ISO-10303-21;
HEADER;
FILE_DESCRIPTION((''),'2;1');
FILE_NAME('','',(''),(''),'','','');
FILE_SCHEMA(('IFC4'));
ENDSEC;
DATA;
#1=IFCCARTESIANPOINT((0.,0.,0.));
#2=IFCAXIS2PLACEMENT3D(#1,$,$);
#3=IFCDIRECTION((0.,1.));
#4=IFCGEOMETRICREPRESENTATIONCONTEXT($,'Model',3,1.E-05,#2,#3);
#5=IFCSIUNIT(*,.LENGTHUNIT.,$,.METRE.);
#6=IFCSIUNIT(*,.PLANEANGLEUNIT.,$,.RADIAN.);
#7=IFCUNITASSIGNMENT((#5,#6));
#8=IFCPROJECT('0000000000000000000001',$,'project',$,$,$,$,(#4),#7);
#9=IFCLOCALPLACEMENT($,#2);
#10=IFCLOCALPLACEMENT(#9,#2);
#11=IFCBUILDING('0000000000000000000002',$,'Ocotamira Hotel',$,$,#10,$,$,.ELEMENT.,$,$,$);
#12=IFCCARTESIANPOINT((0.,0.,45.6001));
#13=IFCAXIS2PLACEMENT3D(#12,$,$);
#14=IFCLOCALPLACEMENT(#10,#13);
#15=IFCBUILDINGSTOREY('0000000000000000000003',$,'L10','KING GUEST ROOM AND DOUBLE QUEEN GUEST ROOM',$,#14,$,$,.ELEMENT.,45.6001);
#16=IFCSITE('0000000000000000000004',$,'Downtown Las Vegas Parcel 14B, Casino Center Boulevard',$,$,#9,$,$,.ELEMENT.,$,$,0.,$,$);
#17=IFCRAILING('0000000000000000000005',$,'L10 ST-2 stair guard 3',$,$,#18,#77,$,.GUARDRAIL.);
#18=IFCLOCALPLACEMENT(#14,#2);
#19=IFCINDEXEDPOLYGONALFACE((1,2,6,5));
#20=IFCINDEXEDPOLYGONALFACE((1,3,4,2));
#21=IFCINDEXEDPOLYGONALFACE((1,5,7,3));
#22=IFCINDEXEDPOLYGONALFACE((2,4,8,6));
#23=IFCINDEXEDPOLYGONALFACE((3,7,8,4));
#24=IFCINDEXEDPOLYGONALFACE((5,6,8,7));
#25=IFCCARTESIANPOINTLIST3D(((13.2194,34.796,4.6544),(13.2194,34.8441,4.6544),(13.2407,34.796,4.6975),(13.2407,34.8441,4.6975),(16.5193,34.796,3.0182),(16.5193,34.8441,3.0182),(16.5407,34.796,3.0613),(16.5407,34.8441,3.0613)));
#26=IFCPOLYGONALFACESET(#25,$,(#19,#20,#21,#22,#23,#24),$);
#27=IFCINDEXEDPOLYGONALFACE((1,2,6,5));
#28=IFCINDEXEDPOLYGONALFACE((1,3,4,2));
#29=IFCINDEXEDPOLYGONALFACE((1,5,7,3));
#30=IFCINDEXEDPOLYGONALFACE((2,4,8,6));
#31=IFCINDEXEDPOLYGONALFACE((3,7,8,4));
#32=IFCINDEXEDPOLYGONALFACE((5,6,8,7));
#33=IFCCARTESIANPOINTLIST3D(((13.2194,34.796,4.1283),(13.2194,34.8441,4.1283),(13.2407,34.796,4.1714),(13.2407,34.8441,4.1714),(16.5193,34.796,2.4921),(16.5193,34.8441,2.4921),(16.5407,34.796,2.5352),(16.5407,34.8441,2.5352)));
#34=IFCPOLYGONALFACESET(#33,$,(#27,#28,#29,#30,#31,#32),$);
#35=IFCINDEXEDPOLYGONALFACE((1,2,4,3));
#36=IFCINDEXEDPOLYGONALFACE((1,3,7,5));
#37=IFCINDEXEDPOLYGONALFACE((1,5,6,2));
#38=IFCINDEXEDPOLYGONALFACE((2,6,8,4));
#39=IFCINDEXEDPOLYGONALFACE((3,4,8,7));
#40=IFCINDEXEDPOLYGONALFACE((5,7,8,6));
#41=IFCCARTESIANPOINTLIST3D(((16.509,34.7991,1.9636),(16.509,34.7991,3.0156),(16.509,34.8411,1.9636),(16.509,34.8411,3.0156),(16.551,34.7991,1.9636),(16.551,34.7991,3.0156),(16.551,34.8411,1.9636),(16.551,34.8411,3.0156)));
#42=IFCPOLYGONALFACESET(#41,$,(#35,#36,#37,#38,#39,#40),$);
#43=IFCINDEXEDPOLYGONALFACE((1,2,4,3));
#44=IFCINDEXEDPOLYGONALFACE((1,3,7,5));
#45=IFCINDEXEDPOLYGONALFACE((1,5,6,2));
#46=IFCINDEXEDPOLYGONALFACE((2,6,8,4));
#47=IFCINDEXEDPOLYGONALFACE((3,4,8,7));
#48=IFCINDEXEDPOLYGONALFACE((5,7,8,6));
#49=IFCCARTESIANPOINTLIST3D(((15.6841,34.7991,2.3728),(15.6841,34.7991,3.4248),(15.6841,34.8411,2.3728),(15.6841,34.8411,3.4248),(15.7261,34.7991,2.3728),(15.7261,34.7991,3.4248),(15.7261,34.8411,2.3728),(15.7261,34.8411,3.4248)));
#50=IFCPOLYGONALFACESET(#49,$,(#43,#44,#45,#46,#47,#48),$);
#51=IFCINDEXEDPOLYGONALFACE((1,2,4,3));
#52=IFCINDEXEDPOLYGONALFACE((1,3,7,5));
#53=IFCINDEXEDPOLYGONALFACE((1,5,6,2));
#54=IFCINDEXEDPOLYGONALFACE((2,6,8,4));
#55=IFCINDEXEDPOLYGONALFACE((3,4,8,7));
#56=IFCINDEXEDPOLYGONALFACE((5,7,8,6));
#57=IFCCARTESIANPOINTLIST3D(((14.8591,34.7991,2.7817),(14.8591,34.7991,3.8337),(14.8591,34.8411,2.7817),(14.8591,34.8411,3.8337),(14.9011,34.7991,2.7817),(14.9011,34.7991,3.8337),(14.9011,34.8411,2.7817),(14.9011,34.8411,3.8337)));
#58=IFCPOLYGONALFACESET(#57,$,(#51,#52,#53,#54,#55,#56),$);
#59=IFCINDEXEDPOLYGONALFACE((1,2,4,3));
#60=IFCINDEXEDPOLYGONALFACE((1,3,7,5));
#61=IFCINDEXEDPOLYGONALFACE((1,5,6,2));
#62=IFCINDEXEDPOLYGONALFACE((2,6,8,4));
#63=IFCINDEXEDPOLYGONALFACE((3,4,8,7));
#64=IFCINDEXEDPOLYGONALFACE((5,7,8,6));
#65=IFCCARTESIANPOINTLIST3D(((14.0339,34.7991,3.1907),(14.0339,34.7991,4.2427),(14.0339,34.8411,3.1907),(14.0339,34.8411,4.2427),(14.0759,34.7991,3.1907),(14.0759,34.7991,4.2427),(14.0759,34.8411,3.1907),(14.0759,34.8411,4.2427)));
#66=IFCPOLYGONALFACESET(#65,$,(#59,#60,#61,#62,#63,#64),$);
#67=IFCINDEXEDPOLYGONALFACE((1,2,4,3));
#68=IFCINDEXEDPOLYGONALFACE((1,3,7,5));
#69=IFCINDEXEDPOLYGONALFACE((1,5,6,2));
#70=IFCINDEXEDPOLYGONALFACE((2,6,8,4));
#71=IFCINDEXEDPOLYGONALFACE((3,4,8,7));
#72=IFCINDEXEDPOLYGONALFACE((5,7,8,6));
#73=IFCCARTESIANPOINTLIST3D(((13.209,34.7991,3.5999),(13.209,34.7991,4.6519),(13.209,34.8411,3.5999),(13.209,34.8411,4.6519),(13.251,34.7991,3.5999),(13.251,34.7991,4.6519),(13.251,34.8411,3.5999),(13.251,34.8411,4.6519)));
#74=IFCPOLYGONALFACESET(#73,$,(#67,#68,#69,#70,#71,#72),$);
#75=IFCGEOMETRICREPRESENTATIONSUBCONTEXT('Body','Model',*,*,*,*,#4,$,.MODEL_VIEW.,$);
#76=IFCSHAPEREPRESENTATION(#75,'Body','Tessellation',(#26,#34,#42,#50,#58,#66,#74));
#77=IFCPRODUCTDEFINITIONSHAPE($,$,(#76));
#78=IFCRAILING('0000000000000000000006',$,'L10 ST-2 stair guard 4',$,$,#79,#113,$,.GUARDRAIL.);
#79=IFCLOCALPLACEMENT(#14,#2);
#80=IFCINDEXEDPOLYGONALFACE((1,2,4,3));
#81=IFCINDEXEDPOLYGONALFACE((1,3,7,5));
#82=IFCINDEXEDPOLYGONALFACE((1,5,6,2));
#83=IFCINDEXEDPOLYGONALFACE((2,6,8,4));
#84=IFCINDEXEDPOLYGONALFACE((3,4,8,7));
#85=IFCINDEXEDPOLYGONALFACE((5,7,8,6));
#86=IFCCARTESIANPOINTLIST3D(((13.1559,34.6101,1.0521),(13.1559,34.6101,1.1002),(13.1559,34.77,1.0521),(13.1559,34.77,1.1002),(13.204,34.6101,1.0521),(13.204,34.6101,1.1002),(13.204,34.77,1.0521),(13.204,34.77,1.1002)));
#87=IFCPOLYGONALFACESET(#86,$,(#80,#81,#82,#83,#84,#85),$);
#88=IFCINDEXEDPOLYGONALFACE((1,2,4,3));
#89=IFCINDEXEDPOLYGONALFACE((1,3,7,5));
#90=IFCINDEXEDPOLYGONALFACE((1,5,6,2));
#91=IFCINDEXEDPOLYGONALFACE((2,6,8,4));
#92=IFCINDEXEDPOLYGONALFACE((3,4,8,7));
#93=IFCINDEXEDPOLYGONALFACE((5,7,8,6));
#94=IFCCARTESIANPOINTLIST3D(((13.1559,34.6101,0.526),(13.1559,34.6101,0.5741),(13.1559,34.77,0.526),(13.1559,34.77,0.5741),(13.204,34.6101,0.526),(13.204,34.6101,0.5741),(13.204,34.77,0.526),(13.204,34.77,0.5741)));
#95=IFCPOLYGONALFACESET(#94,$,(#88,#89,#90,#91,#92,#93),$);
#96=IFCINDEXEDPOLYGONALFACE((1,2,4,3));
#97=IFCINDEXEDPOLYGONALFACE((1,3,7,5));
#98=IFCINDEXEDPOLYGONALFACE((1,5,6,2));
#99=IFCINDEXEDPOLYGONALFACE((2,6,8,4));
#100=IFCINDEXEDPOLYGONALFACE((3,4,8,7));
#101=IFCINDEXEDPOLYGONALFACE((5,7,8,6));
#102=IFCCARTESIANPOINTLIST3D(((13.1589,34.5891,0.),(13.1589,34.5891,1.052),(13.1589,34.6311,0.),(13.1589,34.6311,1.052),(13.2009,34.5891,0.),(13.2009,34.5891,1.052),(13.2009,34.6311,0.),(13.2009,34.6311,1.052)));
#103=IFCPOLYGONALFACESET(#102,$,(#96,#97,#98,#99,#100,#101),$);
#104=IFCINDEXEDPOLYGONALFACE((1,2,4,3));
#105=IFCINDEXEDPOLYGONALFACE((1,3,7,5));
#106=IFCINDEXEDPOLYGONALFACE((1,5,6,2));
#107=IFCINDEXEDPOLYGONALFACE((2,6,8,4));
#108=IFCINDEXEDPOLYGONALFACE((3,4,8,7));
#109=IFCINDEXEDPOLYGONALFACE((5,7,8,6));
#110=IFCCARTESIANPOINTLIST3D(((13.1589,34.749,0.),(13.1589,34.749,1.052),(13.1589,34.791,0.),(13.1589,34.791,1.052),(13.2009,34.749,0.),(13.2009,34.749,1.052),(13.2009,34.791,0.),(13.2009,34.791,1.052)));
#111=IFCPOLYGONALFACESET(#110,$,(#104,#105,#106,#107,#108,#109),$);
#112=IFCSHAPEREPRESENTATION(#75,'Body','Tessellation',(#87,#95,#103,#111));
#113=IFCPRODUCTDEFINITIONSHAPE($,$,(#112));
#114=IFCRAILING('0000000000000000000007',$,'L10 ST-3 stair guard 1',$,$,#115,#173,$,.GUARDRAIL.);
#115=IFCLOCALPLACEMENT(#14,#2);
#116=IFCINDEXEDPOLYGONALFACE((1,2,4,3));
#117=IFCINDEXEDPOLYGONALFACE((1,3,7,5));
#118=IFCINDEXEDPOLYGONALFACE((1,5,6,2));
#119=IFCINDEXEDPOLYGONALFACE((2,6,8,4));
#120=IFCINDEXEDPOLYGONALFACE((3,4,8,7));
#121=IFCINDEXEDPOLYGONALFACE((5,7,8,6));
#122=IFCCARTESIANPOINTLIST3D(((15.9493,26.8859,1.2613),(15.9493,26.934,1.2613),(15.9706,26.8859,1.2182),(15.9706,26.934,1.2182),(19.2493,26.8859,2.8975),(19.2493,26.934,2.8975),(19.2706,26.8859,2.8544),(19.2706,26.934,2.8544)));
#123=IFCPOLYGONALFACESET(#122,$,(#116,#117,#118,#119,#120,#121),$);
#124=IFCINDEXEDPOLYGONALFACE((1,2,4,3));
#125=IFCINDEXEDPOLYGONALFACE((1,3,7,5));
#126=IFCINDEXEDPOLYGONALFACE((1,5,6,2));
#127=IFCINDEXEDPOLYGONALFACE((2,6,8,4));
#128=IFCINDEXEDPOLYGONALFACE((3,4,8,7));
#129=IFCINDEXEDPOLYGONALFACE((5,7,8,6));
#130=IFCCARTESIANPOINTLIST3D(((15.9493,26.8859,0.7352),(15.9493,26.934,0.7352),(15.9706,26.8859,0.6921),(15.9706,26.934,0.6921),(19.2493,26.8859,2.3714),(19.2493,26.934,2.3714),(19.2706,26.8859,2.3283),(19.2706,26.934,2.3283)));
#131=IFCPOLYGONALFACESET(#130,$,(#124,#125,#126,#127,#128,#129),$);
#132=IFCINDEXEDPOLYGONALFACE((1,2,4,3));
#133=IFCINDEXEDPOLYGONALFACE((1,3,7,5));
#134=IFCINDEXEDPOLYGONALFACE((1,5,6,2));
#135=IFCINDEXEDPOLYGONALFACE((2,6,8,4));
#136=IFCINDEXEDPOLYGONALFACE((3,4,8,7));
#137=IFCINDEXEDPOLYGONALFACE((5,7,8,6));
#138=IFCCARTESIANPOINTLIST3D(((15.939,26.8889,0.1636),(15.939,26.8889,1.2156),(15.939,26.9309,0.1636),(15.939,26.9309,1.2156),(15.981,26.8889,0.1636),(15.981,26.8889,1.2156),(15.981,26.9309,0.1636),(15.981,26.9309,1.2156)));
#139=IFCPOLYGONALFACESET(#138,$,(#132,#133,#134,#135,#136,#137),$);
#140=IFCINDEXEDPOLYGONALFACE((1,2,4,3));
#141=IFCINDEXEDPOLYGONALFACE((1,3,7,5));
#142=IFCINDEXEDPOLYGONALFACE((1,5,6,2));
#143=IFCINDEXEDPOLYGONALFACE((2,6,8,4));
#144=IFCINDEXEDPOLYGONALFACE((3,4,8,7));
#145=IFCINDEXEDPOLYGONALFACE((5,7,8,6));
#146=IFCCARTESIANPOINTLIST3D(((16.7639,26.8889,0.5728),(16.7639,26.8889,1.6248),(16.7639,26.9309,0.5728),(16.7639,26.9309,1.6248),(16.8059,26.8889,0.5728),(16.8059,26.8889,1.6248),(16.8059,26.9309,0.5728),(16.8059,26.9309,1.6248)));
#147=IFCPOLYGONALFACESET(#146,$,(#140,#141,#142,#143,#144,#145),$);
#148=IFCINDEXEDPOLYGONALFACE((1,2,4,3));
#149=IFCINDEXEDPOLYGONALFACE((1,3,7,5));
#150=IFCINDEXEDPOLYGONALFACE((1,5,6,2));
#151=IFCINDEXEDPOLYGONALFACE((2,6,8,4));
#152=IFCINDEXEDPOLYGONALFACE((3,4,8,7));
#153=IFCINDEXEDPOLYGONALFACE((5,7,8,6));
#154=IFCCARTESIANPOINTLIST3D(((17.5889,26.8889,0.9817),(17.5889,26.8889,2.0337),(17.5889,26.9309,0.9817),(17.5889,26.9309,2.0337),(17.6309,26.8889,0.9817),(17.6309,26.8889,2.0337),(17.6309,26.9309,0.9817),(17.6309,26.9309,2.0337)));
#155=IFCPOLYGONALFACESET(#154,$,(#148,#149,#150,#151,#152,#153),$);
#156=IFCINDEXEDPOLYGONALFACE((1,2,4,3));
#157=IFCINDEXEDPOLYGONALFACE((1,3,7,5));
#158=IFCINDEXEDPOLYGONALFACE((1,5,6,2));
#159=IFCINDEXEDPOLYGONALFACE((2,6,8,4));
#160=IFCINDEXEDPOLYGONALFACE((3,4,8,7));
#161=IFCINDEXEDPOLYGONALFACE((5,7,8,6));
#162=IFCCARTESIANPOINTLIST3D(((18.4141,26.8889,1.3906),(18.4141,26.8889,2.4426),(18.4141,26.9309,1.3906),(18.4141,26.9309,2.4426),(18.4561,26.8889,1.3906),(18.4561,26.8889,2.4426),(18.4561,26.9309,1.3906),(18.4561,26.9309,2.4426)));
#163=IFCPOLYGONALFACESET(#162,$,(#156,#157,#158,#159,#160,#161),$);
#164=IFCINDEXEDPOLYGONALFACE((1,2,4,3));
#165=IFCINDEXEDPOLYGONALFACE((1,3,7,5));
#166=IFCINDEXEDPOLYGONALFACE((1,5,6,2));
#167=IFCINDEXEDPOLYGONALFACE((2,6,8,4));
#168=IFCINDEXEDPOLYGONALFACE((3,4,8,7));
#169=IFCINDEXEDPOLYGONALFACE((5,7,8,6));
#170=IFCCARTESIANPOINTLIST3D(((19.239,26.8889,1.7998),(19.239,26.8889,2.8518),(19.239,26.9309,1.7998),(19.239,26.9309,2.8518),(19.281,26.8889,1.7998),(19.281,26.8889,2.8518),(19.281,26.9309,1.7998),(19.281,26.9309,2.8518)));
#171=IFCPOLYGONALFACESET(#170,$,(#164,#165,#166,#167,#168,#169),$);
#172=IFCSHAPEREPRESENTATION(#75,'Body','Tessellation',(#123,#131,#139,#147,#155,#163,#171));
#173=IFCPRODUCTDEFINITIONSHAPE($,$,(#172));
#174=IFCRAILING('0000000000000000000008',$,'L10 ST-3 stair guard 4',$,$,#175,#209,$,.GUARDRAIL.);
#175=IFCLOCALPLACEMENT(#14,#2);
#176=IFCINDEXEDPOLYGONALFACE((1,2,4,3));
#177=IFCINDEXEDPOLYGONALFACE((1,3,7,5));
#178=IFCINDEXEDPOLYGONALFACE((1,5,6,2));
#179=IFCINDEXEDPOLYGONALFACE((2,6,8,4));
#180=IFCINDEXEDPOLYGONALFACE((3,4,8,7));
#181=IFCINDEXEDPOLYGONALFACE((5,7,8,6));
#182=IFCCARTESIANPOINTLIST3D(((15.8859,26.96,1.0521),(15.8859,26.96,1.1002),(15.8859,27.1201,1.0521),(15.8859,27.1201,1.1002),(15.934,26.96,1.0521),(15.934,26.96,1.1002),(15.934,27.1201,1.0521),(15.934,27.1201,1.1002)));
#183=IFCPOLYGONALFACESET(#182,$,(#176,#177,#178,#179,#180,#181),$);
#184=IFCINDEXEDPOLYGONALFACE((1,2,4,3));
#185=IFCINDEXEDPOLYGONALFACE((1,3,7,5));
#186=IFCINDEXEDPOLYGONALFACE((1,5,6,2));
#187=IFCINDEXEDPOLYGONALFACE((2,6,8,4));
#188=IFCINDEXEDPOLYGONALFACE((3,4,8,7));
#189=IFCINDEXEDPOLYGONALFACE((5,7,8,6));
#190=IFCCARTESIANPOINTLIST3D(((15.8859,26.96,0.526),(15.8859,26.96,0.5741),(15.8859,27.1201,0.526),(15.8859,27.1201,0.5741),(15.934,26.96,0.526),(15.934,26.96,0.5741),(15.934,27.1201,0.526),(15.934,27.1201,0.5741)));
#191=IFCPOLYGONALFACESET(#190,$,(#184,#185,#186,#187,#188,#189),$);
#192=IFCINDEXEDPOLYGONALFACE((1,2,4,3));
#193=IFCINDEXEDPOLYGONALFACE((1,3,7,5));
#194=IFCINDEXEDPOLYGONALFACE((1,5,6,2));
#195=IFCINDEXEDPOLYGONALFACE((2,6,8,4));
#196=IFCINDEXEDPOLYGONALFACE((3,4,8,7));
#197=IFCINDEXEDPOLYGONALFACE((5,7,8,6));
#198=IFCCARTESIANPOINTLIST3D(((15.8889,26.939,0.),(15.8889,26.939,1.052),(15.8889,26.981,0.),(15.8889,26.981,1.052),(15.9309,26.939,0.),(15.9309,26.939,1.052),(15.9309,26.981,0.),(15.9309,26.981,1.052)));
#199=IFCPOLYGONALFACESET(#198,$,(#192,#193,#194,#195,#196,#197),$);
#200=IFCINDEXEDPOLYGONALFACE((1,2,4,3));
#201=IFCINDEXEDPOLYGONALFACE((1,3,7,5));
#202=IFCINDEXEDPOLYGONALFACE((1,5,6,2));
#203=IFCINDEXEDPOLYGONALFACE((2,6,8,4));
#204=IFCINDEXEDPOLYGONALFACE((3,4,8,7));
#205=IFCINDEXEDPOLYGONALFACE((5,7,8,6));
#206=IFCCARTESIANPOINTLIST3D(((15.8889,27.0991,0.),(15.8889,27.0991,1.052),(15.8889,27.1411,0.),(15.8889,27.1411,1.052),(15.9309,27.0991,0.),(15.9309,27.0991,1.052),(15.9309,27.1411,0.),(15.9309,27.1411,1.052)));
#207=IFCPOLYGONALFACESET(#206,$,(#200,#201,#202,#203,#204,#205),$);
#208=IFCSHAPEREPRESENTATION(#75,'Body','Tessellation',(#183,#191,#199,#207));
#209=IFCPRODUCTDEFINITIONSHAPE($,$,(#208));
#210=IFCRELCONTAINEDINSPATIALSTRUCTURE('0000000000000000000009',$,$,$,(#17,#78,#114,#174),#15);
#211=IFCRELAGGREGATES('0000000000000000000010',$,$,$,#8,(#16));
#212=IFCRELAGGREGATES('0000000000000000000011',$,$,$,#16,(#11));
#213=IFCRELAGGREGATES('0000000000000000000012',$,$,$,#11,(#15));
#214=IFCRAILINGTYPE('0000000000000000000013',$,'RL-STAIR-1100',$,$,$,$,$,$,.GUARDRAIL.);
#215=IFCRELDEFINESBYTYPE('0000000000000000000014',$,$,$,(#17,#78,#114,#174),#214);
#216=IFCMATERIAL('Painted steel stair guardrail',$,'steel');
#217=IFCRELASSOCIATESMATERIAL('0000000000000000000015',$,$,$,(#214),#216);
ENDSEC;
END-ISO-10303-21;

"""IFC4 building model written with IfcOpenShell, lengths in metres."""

from ifc_helpers import new_model, si_unit, direction, frame, origin, origin_2d, place, context, subcontext, project, spatial, rectangle, extrude, material, type_object, element, save


model = new_model("IFC4")

# Units and contexts
model_context = context("Model", 3, precision=1e-05, world=origin(), true_north=direction((0.0, 1.0)))
body_context = subcontext(model_context, "Body", "Model", "MODEL_VIEW")
ifc_project = project(units=[si_unit("LENGTHUNIT", "METRE"), si_unit("PLANEANGLEUNIT", "RADIAN")], contexts=[model_context])

# Site, building, storey
site_placement = place(None, origin())
site = spatial("IfcSite", under=ifc_project, at=site_placement, Name="Downtown Las Vegas Parcel 14B, Casino Center Boulevard", CompositionType="ELEMENT", RefElevation=0.0)
building_placement = place(site_placement, origin())
building = spatial("IfcBuilding", under=site, at=building_placement, Name="Ocotamira Hotel", CompositionType="ELEMENT")
storey_placement = place(building_placement, frame((0.0, 0.0, 45.6001)))
storey = spatial("IfcBuildingStorey", under=building, at=storey_placement, Name="L10", Description="KING GUEST ROOM AND DOUBLE QUEEN GUEST ROOM", CompositionType="ELEMENT", Elevation=45.6001)

# Railings
ifc_material_1 = material(Name="Painted steel stair guardrail", Category="steel")
railing_type_1 = type_object("IfcRailingType", Name="RL-STAIR-1100", PredefinedType="GUARDRAIL", material=ifc_material_1)
railing_1_placement = place(storey_placement, frame((16.53, 34.8201, 1.9636)))
element("IfcRailing", 1, at=railing_1_placement, inside=storey, type_object=railing_type_1, Name="L10 ST-2 stair guard 3", PredefinedType="GUARDRAIL", context=body_context, shape_type="SweptSolid", body=[
    extrude(rectangle(XDim=0.0481, YDim=0.0481, at=origin_2d()), frame((0.0, 0.0, 1.0762), z_axis=(-0.89592, 0.0, 0.444215), x_axis=(0.0, -1.0, 0.0)), (0.0, 0.0, 1.0), 3.6833),
    extrude(rectangle(XDim=0.0481, YDim=0.0481, at=origin_2d()), frame((0.0, 0.0, 0.55), z_axis=(-0.89592, 0.0, 0.444215), x_axis=(0.0, -1.0, 0.0)), (0.0, 0.0, 1.0), 3.6833),
    extrude(rectangle(XDim=0.042, YDim=0.042, at=origin_2d()), origin(), (0.0, 0.0, 1.0), 1.052),
    extrude(rectangle(XDim=0.042, YDim=0.042, at=origin_2d()), frame((-0.825, 0.0, 0.4092)), (0.0, 0.0, 1.0), 1.052),
    extrude(rectangle(XDim=0.042, YDim=0.042, at=origin_2d()), frame((-1.6499, 0.0, 0.8181)), (0.0, 0.0, 1.0), 1.052),
    extrude(rectangle(XDim=0.042, YDim=0.042, at=origin_2d()), frame((-2.4751, 0.0, 1.2271)), (0.0, 0.0, 1.0), 1.052),
    extrude(rectangle(XDim=0.042, YDim=0.042, at=origin_2d()), frame((-3.3, 0.0, 1.6362)), (0.0, 0.0, 1.0), 1.052),
])
railing_2_placement = place(storey_placement, frame((13.1799, 34.6101, 0.0)))
element("IfcRailing", 2, at=railing_2_placement, inside=storey, type_object=railing_type_1, Name="L10 ST-2 stair guard 4", PredefinedType="GUARDRAIL", context=body_context, shape_type="SweptSolid", body=[
    extrude(rectangle(XDim=0.0481, YDim=0.0481, at=origin_2d()), frame((0.0, 0.0, 1.0762), z_axis=(0.0, 1.0, 0.0), x_axis=(-1.0, 0.0, 0.0)), (0.0, 0.0, 1.0), 0.1599),
    extrude(rectangle(XDim=0.0481, YDim=0.0481, at=origin_2d()), frame((0.0, 0.0, 0.55), z_axis=(0.0, 1.0, 0.0), x_axis=(-1.0, 0.0, 0.0)), (0.0, 0.0, 1.0), 0.1599),
    extrude(rectangle(XDim=0.042, YDim=0.042, at=origin_2d()), origin(), (0.0, 0.0, 1.0), 1.052),
    extrude(rectangle(XDim=0.042, YDim=0.042, at=origin_2d()), frame((0.0, 0.1599, 0.0)), (0.0, 0.0, 1.0), 1.052),
])
railing_3_placement = place(storey_placement, frame((15.96, 26.9099, 0.1636)))
element("IfcRailing", 3, at=railing_3_placement, inside=storey, type_object=railing_type_1, Name="L10 ST-3 stair guard 1", PredefinedType="GUARDRAIL", context=body_context, shape_type="SweptSolid", body=[
    extrude(rectangle(XDim=0.0481, YDim=0.0481, at=origin_2d()), frame((0.0, 0.0, 1.0762), z_axis=(0.89592, 0.0, 0.444215), x_axis=(0.0, 1.0, 0.0)), (0.0, 0.0, 1.0), 3.6833),
    extrude(rectangle(XDim=0.0481, YDim=0.0481, at=origin_2d()), frame((0.0, 0.0, 0.55), z_axis=(0.89592, 0.0, 0.444215), x_axis=(0.0, 1.0, 0.0)), (0.0, 0.0, 1.0), 3.6833),
    extrude(rectangle(XDim=0.042, YDim=0.042, at=origin_2d()), origin(), (0.0, 0.0, 1.0), 1.052),
    extrude(rectangle(XDim=0.042, YDim=0.042, at=origin_2d()), frame((0.825, 0.0, 0.4092)), (0.0, 0.0, 1.0), 1.052),
    extrude(rectangle(XDim=0.042, YDim=0.042, at=origin_2d()), frame((1.6499, 0.0, 0.8181)), (0.0, 0.0, 1.0), 1.052),
    extrude(rectangle(XDim=0.042, YDim=0.042, at=origin_2d()), frame((2.4751, 0.0, 1.2271)), (0.0, 0.0, 1.0), 1.052),
    extrude(rectangle(XDim=0.042, YDim=0.042, at=origin_2d()), frame((3.3, 0.0, 1.6362)), (0.0, 0.0, 1.0), 1.052),
])
railing_4_placement = place(storey_placement, frame((15.9099, 26.96, 0.0)))
element("IfcRailing", 4, at=railing_4_placement, inside=storey, type_object=railing_type_1, Name="L10 ST-3 stair guard 4", PredefinedType="GUARDRAIL", context=body_context, shape_type="SweptSolid", body=[
    extrude(rectangle(XDim=0.0481, YDim=0.0481, at=origin_2d()), frame((0.0, 0.0, 1.0762), z_axis=(0.0, 1.0, 0.0), x_axis=(-1.0, 0.0, 0.0)), (0.0, 0.0, 1.0), 0.1602),
    extrude(rectangle(XDim=0.0481, YDim=0.0481, at=origin_2d()), frame((0.0, 0.0, 0.55), z_axis=(0.0, 1.0, 0.0), x_axis=(-1.0, 0.0, 0.0)), (0.0, 0.0, 1.0), 0.1602),
    extrude(rectangle(XDim=0.042, YDim=0.042, at=origin_2d()), origin(), (0.0, 0.0, 1.0), 1.052),
    extrude(rectangle(XDim=0.042, YDim=0.042, at=origin_2d()), frame((0.0, 0.1602, 0.0)), (0.0, 0.0, 1.0), 1.052),
])

save(model, "model.ifc")
